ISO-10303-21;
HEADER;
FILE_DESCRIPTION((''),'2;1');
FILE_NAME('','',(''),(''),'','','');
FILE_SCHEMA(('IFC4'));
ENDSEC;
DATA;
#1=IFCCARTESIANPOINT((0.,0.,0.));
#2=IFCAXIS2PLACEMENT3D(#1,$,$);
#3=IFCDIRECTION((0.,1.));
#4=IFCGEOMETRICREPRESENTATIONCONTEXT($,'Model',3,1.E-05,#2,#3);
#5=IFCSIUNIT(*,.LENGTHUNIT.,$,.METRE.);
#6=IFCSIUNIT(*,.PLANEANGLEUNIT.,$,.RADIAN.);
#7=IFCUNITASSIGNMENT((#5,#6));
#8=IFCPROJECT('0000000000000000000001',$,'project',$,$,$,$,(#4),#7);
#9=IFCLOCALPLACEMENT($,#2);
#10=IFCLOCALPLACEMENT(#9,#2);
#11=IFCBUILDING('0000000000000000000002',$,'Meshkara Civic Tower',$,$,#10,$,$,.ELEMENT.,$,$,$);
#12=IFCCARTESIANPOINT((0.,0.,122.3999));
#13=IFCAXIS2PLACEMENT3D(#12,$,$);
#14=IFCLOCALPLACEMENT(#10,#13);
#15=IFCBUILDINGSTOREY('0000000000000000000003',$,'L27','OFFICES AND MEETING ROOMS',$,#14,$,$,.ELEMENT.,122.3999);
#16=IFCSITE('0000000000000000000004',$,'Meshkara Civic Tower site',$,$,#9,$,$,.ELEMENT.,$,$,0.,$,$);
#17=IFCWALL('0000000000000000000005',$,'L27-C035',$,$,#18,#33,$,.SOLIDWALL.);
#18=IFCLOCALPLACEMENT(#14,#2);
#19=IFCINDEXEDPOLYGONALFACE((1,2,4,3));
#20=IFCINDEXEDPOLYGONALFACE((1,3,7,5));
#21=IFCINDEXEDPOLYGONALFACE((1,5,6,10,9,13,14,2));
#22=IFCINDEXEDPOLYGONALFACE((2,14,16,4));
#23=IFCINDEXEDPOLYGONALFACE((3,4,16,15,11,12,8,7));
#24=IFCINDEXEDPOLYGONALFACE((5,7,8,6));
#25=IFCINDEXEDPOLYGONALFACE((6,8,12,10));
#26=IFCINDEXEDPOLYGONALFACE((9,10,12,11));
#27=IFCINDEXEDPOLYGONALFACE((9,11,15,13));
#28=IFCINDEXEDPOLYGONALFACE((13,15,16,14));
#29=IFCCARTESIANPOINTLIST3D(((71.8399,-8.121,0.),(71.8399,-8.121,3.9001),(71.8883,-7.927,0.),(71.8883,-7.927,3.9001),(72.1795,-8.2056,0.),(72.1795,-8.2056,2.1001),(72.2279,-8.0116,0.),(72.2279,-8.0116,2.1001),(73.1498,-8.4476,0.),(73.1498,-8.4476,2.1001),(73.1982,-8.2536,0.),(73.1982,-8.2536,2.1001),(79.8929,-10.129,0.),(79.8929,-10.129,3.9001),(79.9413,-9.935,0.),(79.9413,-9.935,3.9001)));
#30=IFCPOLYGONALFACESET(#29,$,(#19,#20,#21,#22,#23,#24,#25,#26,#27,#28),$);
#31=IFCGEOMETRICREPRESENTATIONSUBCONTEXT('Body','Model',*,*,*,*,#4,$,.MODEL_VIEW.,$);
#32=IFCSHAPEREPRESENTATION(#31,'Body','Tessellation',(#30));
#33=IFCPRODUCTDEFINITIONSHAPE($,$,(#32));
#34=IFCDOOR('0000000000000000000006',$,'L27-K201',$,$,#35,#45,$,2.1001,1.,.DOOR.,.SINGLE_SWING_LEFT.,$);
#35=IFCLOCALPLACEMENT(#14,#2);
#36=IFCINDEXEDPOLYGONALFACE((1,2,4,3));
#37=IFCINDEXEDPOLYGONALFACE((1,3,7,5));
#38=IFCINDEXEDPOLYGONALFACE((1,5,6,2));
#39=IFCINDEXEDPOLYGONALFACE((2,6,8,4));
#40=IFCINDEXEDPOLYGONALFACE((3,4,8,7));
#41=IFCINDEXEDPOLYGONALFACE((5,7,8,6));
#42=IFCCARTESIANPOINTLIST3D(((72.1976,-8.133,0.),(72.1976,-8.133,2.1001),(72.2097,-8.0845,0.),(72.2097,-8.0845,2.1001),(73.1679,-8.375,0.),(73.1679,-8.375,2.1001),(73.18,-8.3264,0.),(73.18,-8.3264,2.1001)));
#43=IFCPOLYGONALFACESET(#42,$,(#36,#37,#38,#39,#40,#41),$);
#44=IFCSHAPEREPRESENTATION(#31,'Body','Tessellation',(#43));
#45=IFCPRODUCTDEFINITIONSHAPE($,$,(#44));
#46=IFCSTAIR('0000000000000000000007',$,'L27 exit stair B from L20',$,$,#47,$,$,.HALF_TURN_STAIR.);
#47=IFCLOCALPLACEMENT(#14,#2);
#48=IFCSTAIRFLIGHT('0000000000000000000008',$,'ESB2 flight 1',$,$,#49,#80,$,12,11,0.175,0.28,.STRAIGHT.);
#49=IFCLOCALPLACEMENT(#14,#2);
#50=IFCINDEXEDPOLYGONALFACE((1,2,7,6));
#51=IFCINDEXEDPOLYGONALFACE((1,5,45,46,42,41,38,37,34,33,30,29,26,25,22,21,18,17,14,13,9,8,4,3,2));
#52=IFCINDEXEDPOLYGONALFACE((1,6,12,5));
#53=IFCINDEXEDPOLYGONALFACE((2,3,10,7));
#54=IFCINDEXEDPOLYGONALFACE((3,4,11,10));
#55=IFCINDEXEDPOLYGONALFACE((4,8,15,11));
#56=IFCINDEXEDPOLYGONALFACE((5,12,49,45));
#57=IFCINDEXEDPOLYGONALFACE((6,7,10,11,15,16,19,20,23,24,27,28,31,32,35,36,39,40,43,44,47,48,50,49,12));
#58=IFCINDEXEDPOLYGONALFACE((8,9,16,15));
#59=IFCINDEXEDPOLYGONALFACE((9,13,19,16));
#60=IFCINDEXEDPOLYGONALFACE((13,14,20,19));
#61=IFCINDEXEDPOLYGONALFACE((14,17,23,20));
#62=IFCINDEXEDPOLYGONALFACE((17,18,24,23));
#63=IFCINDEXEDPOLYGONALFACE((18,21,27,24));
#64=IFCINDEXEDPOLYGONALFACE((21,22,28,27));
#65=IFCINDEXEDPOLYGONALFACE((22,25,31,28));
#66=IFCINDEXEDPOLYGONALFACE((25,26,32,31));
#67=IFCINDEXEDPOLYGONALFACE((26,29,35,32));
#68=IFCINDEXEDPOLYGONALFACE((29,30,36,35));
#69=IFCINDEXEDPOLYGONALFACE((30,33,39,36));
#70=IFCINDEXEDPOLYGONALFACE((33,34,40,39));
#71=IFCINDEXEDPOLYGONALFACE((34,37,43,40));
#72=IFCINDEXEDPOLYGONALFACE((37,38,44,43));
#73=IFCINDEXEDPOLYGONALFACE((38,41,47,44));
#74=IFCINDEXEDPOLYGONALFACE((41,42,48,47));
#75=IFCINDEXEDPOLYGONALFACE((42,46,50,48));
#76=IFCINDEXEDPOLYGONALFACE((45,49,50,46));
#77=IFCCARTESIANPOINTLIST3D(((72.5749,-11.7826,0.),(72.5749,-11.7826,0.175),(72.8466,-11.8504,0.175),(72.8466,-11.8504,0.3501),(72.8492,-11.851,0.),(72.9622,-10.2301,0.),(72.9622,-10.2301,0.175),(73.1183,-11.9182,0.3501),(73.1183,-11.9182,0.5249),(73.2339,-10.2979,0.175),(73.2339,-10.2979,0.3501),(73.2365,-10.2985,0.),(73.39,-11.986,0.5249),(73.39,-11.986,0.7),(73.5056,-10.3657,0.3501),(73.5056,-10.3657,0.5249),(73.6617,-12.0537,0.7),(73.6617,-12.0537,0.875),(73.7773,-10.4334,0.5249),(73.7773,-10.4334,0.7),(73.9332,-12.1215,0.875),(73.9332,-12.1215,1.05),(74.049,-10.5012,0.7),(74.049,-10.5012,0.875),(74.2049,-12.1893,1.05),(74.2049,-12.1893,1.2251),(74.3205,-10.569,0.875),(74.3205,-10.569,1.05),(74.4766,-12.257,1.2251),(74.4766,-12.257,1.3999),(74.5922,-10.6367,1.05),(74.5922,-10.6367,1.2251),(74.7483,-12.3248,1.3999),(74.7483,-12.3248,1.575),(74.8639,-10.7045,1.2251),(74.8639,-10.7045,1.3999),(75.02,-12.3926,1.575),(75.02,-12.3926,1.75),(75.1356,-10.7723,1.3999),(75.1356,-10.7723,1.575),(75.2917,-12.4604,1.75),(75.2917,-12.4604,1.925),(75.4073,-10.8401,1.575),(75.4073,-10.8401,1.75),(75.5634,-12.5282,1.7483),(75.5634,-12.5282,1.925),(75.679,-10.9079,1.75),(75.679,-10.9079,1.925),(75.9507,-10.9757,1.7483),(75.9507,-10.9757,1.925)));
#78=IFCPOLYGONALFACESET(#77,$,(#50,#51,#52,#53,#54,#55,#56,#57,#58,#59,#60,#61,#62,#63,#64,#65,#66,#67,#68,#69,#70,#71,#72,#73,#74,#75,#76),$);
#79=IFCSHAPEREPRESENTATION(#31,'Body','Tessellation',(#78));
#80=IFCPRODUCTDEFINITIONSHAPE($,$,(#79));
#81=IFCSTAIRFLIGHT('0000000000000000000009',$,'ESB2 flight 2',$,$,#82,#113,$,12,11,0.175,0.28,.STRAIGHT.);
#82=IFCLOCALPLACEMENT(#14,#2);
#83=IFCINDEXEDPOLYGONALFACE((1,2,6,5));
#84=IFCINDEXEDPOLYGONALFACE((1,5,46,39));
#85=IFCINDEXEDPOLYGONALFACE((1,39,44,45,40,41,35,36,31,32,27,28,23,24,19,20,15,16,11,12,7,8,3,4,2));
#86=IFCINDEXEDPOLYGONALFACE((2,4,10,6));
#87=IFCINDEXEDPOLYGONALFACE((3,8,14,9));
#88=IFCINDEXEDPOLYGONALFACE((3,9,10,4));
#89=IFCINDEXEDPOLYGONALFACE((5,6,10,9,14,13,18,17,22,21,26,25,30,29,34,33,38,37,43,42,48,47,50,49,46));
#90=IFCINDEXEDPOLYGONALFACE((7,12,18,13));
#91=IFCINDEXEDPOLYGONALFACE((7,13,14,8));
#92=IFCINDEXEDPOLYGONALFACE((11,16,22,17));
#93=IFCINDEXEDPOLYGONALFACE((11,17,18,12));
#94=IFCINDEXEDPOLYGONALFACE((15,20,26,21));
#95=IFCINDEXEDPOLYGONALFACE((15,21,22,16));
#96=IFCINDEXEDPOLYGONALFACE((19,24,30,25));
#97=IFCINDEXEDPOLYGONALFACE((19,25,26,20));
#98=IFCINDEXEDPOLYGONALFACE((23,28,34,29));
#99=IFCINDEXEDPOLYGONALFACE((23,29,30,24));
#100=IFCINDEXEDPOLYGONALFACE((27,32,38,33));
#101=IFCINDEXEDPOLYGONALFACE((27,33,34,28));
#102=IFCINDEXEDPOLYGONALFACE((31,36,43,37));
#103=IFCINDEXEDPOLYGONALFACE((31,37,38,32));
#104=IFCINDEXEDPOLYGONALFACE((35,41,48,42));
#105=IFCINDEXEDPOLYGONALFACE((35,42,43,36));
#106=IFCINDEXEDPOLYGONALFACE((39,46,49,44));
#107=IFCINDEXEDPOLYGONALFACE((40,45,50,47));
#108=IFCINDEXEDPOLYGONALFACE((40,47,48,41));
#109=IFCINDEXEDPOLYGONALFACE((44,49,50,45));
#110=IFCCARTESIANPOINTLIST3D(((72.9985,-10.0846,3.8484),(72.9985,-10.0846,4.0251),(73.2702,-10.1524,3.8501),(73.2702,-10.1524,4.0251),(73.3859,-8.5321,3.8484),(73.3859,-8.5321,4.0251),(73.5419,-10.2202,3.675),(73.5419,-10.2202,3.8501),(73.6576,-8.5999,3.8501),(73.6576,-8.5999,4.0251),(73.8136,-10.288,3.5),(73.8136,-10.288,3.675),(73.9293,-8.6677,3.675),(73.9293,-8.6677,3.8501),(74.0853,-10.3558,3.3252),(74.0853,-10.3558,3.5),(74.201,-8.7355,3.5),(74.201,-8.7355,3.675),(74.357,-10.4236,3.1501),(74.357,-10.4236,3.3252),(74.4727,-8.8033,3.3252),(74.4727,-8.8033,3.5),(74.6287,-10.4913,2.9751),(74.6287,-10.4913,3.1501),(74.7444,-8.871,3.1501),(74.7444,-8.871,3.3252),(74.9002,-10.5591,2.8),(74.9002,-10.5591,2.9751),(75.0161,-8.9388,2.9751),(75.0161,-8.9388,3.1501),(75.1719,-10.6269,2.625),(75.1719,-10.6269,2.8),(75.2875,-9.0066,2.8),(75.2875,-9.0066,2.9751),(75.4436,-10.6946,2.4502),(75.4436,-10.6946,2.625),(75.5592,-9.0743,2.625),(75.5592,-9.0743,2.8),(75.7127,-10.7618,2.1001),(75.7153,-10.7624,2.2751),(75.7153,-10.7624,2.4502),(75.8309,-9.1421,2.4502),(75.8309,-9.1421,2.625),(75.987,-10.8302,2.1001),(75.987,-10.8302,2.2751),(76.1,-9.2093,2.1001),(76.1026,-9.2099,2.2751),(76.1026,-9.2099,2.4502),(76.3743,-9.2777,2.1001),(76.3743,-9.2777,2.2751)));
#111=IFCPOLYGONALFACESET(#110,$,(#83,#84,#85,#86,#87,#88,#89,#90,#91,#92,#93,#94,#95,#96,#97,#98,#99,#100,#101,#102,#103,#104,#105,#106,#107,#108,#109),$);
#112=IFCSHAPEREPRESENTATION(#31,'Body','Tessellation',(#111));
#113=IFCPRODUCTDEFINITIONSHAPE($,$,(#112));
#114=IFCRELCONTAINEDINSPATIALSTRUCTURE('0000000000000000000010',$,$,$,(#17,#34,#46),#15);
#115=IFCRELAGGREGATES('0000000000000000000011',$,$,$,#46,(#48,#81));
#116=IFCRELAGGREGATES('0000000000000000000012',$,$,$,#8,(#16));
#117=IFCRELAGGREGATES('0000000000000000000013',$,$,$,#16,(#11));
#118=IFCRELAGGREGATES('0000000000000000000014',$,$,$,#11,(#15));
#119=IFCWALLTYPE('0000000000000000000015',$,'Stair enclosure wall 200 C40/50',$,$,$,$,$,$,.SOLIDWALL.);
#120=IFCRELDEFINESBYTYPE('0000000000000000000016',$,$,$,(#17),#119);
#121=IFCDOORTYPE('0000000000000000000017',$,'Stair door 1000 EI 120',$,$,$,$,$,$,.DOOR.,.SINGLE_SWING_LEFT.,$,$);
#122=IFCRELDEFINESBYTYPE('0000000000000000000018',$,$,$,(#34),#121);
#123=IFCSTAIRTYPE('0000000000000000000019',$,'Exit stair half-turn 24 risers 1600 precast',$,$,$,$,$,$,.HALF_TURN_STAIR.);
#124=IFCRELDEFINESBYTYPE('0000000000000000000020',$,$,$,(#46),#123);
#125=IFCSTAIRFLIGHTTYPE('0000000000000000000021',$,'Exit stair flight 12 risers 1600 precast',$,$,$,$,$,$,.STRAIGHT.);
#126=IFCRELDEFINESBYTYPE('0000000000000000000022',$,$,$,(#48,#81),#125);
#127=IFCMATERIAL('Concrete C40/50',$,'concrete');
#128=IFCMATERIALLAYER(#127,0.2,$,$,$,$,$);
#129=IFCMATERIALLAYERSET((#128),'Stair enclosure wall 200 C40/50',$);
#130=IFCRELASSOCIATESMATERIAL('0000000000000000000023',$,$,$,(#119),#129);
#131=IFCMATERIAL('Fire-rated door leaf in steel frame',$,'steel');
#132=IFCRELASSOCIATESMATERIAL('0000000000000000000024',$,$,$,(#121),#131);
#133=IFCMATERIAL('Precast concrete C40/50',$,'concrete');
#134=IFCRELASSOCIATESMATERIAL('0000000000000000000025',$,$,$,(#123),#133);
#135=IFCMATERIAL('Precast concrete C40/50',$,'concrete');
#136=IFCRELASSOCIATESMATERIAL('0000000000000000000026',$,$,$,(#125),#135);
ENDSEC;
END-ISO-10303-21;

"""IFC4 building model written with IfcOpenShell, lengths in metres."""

from ifc_helpers import new_model, si_unit, direction, frame, frame_2d, origin, place, context, subcontext, project, spatial, polyline, rectangle, outline, extrude, material, layer, layer_set, type_object, element, fill, aggregate, save


model = new_model("IFC4")

# Units and contexts
model_context = context("Model", 3, precision=1e-05, world=origin(), true_north=direction((0.0, 1.0)))
body_context = subcontext(model_context, "Body", "Model", "MODEL_VIEW")
ifc_project = project(units=[si_unit("LENGTHUNIT", "METRE"), si_unit("PLANEANGLEUNIT", "RADIAN")], contexts=[model_context])

# Site, building, storey
site_placement = place(None, origin())
site = spatial("IfcSite", under=ifc_project, at=site_placement, Name="Meshkara Civic Tower site", CompositionType="ELEMENT", RefElevation=0.0)
building_placement = place(site_placement, origin())
building = spatial("IfcBuilding", under=site, at=building_placement, Name="Meshkara Civic Tower", CompositionType="ELEMENT")
storey_placement = place(building_placement, frame((0.0, 0.0, 122.3999)))
storey = spatial("IfcBuildingStorey", under=building, at=storey_placement, Name="L27", Description="OFFICES AND MEETING ROOMS", CompositionType="ELEMENT", Elevation=122.3999)

# Wall, opening, door
ifc_material_1 = material(Name="Concrete C40/50", Category="concrete")
ifc_layer_1 = layer(ifc_material_1, 0.2)
ifc_layer_set_1 = layer_set([ifc_layer_1], Name="Stair enclosure wall 200 C40/50")
wall_type_1 = type_object("IfcWallType", Name="Stair enclosure wall 200 C40/50", PredefinedType="SOLIDWALL", material=ifc_layer_set_1)
wall_1_placement = place(storey_placement, frame((71.864, -8.0239, 0.0), z_axis=(0.0, 0.0, 1.0), x_axis=(0.970289, -0.241947, 0.0)))
wall_1 = element("IfcWall", 1, at=wall_1_placement, inside=storey, type_object=wall_type_1, Name="L27-C035", PredefinedType="SOLIDWALL", context=body_context, shape_type="SweptSolid", body=[
    extrude(rectangle(XDim=8.2996, YDim=0.2, at=frame_2d((4.1499, 0.0))), origin(), (0.0, 0.0, 1.0), 3.9001),
])
opening_1_placement = place(wall_1_placement, frame((0.3501, 0.0, 0.0)))
opening_1 = element("IfcOpeningElement", 2, at=opening_1_placement, cuts=wall_1, PredefinedType="OPENING", context=body_context, shape_type="SweptSolid", body=[
    extrude(rectangle(XDim=1.0, YDim=2.1001, at=frame_2d((0.5, 1.05))), frame((0.0, 0.1099, 0.0), z_axis=(0.0, -1.0, 0.0), x_axis=(1.0, 0.0, 0.0)), (0.0, 0.0, 1.0), 0.22),
])
ifc_material_2 = material(Name="Fire-rated door leaf in steel frame", Category="steel")
door_type_1 = type_object("IfcDoorType", Name="Stair door 1000 EI 120", OperationType="SINGLE_SWING_LEFT", PredefinedType="DOOR", material=ifc_material_2)
door_1_placement = place(opening_1_placement, origin())
door_1 = element("IfcDoor", 3, at=door_1_placement, inside=storey, type_object=door_type_1, Name="L27-K201", OperationType="SINGLE_SWING_LEFT", OverallHeight=2.1001, OverallWidth=1.0, PredefinedType="DOOR", context=body_context, shape_type="SweptSolid", body=[
    extrude(rectangle(XDim=1.0, YDim=2.1001, at=frame_2d((0.5, 1.05))), frame((0.0, 0.0249, 0.0), z_axis=(0.0, -1.0, 0.0), x_axis=(1.0, 0.0, 0.0)), (0.0, 0.0, 1.0), 0.05),
])
fill(opening_1, door_1)

# Stair, stair flights
ifc_material_3 = material(Name="Precast concrete C40/50", Category="concrete")
stair_type = type_object("IfcStairType", Name="Exit stair half-turn 24 risers 1600 precast", PredefinedType="HALF_TURN_STAIR", material=ifc_material_3)
stair_placement = place(storey_placement, origin())
stair = element("IfcStair", 4, at=stair_placement, inside=storey, type_object=stair_type, Name="L27 exit stair B from L20", PredefinedType="HALF_TURN_STAIR")
ifc_material_4 = material(Name="Precast concrete C40/50", Category="concrete")
stair_flight_type = type_object("IfcStairFlightType", Name="Exit stair flight 12 risers 1600 precast", PredefinedType="STRAIGHT", material=ifc_material_4)
stair_flight_1_placement = place(storey_placement, frame((72.7686, -11.0063, 0.0), z_axis=(0.0, 0.0, 1.0), x_axis=(0.97026, -0.242065, 0.0)))
stair_flight_1 = element("IfcStairFlight", 5, at=stair_flight_1_placement, type_object=stair_flight_type, Name="ESB2 flight 1", NumberOfRisers=12, NumberOfTreads=11, PredefinedType="STRAIGHT", RiserHeight=0.175, TreadLength=0.28, context=body_context, shape_type="SweptSolid", body=[
    extrude(outline(polyline([(0.0, 0.0), (0.0, 0.175), (0.28, 0.175), (0.28, 0.3501), (0.5601, 0.3501), (0.5601, 0.5249), (0.8401, 0.5249), (0.8401, 0.7), (1.1201, 0.7), (1.1201, 0.875), (1.3999, 0.875), (1.3999, 1.05), (1.6799, 1.05), (1.6799, 1.2251), (1.96, 1.2251), (1.96, 1.3999), (2.24, 1.3999), (2.24, 1.575), (2.52, 1.575), (2.52, 1.75), (2.8, 1.75), (2.8, 1.925), (3.0801, 1.925), (3.0801, 2.1001), (3.0801, 1.7483), (0.2827, 0.0), (0.0, 0.0)])), frame((0.0, 0.8, 0.0), z_axis=(0.0, -1.0, 0.0), x_axis=(1.0, 0.0, 0.0)), (0.0, 0.0, 1.0), 1.6001),
])
stair_flight_2_placement = place(storey_placement, frame((76.1807, -10.054, 2.1001), z_axis=(0.0, 0.0, 1.0), x_axis=(-0.97026, 0.242065, 0.0)))
stair_flight_2 = element("IfcStairFlight", 6, at=stair_flight_2_placement, type_object=stair_flight_type, Name="ESB2 flight 2", NumberOfRisers=12, NumberOfTreads=11, PredefinedType="STRAIGHT", RiserHeight=0.175, TreadLength=0.28, context=body_context, shape_type="SweptSolid", body=[
    extrude(outline(polyline([(0.0, 0.0), (0.0, 0.175), (0.28, 0.175), (0.28, 0.3501), (0.5601, 0.3501), (0.5601, 0.5249), (0.8401, 0.5249), (0.8401, 0.7), (1.1201, 0.7), (1.1201, 0.875), (1.3999, 0.875), (1.3999, 1.05), (1.6799, 1.05), (1.6799, 1.2251), (1.96, 1.2251), (1.96, 1.3999), (2.24, 1.3999), (2.24, 1.575), (2.52, 1.575), (2.52, 1.75), (2.8, 1.75), (2.8, 1.925), (3.0801, 1.925), (3.0801, 2.1001), (3.0801, 1.7483), (0.2827, 0.0), (0.0, 0.0)])), frame((0.0, 0.8, 0.0), z_axis=(0.0, -1.0, 0.0), x_axis=(1.0, 0.0, 0.0)), (0.0, 0.0, 1.0), 1.6001),
])
aggregate(stair, [stair_flight_1, stair_flight_2])

save(model, "model.ifc")
